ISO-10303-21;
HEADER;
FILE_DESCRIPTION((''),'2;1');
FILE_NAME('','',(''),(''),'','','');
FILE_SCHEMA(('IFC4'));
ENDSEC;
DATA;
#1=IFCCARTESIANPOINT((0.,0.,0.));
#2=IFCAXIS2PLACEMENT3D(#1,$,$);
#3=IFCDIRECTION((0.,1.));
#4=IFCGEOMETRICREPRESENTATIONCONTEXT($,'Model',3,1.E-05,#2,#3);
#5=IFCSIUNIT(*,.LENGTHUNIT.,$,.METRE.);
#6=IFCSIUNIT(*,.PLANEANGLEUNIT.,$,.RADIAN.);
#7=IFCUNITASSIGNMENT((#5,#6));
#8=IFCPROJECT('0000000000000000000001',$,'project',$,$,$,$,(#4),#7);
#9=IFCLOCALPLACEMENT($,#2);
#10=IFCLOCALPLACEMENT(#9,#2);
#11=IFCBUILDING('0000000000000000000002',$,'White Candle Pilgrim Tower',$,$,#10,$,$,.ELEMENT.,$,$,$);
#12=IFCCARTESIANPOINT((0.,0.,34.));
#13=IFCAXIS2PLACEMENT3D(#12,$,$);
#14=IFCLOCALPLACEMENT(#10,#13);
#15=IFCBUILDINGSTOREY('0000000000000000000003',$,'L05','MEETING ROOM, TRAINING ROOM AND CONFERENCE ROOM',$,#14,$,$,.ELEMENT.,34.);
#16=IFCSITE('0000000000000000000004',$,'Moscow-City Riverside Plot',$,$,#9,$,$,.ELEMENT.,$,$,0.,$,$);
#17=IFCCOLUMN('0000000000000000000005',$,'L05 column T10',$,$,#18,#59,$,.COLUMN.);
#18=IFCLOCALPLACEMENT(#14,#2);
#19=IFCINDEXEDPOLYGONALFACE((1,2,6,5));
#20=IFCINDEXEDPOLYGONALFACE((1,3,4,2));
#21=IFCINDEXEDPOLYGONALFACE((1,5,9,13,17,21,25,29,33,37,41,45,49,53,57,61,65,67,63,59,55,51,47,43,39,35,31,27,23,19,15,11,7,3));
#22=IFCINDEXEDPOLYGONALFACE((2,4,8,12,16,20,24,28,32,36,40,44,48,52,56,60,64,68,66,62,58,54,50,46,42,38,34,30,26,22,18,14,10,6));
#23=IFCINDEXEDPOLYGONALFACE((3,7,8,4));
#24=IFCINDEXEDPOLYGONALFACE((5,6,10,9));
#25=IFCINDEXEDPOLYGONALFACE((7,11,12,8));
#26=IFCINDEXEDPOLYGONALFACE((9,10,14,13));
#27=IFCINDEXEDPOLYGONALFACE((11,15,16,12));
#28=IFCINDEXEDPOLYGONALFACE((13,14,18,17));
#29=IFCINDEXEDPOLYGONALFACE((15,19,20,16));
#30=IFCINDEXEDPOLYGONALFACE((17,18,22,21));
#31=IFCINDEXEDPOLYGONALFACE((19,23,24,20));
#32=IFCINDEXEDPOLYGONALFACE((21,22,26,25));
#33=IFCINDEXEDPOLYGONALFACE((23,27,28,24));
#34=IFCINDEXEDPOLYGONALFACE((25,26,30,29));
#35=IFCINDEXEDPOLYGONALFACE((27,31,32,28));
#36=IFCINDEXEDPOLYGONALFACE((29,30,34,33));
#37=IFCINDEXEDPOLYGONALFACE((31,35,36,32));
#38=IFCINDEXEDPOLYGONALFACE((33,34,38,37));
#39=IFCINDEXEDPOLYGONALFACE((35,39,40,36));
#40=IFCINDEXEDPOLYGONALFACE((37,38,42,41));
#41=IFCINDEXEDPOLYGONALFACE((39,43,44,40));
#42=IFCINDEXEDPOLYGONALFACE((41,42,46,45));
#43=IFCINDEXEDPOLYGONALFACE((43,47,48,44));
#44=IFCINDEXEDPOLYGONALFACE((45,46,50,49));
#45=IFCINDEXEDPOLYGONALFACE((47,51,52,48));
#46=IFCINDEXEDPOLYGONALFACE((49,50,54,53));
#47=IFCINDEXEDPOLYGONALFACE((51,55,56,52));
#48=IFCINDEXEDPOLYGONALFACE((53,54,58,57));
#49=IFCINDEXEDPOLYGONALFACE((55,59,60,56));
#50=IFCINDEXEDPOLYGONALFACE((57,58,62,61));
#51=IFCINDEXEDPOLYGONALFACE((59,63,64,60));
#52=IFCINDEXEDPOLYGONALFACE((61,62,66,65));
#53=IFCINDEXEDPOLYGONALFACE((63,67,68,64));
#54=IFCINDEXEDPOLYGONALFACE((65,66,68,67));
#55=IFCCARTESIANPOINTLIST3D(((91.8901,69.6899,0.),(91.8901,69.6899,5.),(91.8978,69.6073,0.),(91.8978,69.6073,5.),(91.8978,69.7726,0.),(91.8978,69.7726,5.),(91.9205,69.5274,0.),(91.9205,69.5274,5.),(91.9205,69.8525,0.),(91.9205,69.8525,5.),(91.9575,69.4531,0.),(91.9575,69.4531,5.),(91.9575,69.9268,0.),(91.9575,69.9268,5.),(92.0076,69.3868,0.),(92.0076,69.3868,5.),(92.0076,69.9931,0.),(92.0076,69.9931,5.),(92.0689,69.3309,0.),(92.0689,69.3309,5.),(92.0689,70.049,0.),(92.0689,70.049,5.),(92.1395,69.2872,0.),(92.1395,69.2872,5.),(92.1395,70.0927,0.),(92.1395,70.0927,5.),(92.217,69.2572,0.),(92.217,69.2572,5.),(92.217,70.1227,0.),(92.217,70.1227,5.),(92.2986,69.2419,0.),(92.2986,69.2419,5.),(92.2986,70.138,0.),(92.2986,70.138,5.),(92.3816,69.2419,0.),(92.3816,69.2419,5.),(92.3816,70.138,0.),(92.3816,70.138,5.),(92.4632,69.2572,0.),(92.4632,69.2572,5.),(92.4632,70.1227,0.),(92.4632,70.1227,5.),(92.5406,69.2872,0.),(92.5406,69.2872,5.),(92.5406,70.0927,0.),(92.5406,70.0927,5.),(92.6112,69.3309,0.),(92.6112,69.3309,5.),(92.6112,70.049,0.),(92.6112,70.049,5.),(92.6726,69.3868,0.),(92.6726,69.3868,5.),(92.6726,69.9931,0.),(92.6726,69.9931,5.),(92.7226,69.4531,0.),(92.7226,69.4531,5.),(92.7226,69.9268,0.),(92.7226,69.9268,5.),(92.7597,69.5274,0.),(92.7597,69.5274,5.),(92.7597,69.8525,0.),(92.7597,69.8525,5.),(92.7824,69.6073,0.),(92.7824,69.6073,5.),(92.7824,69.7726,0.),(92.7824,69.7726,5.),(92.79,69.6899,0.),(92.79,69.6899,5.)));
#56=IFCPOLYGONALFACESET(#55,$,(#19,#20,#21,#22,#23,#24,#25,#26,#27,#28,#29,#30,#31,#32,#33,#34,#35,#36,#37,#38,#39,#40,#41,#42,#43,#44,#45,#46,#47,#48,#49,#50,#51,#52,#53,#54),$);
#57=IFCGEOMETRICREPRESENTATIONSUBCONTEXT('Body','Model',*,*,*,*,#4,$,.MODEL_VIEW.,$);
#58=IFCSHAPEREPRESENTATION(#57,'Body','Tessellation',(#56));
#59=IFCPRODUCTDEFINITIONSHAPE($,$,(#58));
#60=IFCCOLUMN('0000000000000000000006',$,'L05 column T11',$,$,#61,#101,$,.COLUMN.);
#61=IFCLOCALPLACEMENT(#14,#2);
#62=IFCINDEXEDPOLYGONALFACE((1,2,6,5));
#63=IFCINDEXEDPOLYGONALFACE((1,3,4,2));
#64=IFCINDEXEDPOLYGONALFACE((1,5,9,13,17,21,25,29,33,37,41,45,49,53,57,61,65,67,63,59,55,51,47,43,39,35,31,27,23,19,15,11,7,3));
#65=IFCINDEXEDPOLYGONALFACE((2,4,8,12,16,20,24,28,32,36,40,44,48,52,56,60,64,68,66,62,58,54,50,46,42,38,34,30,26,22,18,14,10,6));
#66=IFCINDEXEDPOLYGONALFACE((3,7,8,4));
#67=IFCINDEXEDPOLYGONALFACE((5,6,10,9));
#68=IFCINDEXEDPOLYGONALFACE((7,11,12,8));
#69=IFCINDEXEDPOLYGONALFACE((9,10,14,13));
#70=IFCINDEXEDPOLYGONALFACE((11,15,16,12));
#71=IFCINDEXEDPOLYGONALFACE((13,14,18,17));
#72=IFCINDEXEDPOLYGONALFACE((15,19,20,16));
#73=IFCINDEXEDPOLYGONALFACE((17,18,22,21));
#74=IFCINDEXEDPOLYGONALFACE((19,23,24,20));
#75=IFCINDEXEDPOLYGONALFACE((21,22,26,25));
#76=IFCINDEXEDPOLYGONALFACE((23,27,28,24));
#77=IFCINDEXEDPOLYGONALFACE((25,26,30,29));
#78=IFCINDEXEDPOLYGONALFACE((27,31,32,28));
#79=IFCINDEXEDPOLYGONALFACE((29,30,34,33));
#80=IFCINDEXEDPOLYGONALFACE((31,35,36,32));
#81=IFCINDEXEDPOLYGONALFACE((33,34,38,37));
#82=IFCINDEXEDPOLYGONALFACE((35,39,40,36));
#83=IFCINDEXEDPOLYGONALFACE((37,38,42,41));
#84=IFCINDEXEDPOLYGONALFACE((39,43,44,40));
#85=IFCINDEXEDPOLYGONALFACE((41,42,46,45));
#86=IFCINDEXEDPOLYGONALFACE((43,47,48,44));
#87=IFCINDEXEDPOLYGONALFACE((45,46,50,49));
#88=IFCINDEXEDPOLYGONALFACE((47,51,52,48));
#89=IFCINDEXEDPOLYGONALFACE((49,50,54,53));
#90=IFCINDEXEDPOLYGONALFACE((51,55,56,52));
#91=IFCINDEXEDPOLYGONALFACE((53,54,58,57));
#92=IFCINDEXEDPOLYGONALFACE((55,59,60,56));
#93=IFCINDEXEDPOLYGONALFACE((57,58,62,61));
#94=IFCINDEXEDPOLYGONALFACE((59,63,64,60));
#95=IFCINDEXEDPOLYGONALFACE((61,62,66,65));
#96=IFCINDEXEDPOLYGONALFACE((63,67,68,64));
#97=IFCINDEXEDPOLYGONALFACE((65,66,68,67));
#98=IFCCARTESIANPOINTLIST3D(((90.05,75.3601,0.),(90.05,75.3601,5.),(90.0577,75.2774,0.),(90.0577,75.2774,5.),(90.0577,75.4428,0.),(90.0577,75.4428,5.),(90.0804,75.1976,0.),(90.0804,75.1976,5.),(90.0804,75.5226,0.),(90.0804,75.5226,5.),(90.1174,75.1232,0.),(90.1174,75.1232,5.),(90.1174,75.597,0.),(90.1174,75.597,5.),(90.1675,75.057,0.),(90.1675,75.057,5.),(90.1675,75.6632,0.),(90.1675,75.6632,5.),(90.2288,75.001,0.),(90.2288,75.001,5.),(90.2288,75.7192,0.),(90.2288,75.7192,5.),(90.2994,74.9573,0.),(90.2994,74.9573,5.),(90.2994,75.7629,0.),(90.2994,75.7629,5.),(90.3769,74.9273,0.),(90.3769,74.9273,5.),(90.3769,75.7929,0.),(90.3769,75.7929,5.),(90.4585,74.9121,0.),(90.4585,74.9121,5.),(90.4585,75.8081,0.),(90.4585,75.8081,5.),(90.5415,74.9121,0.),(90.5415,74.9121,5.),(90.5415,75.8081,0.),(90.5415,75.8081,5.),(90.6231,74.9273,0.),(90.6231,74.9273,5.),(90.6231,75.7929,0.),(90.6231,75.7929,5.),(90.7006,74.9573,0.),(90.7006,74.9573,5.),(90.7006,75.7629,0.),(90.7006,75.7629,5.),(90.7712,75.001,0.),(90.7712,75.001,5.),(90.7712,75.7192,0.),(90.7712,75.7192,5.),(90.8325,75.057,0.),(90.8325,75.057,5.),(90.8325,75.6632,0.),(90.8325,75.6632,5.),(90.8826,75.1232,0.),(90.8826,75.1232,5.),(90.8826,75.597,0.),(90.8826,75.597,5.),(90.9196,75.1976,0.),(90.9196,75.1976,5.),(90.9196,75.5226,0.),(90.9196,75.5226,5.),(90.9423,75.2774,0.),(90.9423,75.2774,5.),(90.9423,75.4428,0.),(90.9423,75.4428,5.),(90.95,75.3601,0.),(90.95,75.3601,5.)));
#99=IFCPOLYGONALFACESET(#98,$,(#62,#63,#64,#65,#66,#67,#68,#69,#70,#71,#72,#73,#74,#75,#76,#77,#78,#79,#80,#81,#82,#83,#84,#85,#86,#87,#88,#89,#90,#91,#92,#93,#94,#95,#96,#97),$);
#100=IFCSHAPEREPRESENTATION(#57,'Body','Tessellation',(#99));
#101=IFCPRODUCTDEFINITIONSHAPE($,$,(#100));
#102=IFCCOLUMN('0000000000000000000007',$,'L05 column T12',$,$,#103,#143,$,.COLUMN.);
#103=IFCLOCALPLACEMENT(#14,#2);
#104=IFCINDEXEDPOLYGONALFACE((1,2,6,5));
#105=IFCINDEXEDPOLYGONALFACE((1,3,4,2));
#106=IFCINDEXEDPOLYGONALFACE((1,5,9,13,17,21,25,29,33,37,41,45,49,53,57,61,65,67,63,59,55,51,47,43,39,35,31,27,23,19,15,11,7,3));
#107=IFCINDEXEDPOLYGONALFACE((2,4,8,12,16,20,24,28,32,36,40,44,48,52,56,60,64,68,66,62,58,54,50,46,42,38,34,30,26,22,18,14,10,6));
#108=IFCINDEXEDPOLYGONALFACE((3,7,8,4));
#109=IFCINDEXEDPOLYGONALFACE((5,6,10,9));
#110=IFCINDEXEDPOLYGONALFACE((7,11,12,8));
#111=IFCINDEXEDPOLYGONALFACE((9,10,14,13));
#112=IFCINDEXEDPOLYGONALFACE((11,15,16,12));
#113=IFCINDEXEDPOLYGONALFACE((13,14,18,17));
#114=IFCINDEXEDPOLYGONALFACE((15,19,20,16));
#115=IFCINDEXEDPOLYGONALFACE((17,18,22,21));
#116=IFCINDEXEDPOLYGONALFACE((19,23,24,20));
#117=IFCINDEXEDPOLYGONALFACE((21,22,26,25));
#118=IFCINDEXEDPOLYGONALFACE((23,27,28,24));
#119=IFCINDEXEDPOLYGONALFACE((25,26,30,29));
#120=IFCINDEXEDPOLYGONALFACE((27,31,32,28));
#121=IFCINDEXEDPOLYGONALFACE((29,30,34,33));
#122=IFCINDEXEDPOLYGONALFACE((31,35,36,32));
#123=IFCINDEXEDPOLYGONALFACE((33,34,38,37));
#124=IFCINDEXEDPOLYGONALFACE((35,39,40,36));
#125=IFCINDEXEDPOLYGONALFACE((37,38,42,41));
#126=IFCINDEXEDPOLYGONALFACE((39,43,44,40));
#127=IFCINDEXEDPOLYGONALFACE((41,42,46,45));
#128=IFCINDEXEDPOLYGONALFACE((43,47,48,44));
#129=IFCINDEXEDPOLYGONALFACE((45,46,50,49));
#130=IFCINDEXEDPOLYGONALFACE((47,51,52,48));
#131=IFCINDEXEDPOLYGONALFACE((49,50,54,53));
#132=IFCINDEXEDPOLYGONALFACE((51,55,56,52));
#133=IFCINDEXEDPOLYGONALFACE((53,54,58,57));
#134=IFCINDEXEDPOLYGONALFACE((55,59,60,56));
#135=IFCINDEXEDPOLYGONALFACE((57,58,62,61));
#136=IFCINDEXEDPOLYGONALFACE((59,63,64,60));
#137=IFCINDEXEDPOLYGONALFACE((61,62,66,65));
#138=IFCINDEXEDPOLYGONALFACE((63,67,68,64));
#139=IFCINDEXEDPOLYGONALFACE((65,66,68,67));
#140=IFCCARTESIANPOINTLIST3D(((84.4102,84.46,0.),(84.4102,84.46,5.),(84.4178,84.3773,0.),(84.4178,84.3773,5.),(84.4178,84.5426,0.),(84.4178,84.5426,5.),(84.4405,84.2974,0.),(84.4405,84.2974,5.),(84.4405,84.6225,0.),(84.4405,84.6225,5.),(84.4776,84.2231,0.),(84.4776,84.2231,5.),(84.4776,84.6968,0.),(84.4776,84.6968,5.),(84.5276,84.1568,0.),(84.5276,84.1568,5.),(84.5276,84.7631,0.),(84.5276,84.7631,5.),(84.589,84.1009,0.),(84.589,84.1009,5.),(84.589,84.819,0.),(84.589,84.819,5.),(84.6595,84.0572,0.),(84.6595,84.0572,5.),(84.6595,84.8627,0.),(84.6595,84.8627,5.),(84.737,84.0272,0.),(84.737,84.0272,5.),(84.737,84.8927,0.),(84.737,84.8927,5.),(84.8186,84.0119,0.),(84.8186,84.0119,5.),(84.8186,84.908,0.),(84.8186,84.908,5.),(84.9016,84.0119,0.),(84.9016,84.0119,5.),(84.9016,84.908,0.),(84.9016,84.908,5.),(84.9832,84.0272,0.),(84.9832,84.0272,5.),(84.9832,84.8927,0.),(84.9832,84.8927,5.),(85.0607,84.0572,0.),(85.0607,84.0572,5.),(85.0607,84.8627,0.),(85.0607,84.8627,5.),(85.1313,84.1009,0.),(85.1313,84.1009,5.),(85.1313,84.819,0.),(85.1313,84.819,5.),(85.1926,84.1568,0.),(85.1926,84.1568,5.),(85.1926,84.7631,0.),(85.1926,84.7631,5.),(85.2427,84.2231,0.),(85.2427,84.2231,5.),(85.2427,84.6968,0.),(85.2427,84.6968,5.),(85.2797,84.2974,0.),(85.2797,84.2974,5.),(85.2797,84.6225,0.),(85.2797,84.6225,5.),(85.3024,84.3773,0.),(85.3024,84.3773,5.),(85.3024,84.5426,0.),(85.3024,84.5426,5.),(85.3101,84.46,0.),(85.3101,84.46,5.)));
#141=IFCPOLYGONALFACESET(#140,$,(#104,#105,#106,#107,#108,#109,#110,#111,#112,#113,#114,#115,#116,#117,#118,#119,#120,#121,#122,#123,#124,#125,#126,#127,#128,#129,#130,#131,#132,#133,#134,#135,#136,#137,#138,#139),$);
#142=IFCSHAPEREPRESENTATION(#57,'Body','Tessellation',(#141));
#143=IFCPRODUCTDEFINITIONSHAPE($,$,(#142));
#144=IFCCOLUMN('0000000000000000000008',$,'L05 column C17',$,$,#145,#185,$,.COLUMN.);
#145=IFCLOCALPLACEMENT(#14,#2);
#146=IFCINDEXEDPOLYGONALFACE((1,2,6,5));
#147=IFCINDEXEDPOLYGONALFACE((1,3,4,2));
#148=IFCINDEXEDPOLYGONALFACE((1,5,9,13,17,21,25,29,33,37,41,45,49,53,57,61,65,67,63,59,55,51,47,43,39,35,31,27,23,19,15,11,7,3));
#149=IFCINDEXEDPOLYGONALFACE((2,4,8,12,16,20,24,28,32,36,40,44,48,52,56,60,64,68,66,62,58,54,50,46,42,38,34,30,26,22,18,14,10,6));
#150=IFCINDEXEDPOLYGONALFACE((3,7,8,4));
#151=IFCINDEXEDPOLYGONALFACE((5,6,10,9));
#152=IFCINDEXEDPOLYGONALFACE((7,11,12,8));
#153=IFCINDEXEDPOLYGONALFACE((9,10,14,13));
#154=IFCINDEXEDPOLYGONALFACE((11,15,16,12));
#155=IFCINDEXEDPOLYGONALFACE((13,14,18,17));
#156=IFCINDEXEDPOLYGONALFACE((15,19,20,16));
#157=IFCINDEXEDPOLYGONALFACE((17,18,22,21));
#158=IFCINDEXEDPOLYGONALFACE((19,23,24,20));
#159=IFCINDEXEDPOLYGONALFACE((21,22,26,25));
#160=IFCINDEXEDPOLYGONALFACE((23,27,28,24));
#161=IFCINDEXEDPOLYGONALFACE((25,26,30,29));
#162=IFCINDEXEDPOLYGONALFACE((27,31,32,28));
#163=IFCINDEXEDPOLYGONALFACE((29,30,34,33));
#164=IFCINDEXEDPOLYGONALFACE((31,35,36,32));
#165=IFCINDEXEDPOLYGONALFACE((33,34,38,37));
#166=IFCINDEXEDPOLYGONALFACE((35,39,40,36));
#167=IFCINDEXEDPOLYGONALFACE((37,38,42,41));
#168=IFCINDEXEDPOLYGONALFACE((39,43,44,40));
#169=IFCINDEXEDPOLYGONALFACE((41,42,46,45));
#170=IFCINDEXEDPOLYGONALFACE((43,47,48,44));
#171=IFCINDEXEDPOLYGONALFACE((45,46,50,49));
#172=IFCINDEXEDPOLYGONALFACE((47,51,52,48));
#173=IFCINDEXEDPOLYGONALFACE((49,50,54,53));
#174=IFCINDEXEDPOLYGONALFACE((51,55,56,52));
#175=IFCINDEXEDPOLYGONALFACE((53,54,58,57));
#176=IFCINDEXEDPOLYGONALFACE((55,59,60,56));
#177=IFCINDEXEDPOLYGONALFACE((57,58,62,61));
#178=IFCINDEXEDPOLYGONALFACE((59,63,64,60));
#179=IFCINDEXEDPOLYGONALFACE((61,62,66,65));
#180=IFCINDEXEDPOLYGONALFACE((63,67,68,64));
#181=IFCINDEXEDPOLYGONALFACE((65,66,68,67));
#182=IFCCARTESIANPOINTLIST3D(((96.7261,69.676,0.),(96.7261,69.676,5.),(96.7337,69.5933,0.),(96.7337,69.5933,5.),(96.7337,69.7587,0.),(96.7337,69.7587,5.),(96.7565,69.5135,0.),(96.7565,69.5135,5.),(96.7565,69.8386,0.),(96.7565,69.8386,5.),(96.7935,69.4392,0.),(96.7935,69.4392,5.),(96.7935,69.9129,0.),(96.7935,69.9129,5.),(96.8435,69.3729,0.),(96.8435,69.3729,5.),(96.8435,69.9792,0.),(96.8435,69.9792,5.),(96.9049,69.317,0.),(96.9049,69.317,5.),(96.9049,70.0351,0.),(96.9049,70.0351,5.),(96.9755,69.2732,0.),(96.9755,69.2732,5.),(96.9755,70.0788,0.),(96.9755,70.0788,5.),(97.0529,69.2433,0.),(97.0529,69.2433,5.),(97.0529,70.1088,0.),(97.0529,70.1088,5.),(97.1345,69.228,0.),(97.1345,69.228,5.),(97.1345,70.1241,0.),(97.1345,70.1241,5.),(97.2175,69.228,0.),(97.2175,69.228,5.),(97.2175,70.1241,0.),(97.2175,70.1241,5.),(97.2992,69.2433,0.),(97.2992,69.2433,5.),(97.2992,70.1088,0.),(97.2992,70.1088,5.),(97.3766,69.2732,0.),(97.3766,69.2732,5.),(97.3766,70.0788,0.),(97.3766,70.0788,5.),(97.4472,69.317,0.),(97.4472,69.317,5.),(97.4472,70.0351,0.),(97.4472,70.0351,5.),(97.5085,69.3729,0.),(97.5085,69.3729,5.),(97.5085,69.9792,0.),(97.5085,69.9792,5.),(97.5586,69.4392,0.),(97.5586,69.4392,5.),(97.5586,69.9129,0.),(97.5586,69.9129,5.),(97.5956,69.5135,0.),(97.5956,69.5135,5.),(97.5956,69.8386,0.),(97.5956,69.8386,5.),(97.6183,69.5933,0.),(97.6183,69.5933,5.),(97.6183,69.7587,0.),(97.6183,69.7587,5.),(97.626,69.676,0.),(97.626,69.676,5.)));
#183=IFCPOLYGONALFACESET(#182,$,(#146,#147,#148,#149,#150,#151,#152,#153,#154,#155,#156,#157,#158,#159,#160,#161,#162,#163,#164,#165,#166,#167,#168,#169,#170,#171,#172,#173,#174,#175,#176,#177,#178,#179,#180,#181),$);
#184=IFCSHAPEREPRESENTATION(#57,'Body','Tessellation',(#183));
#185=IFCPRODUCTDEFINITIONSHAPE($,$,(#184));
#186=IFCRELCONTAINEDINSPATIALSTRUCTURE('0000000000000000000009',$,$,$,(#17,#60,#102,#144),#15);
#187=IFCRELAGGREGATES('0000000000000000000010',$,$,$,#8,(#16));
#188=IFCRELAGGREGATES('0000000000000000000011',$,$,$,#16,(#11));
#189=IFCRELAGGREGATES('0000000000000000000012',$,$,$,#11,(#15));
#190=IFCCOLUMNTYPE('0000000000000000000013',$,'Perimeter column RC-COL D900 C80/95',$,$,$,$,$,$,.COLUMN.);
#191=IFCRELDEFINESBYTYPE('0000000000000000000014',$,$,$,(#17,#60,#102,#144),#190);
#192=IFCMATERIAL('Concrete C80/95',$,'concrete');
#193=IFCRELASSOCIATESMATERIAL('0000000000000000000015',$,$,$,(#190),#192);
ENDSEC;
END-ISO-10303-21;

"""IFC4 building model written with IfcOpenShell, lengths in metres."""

from ifc_helpers import new_model, si_unit, direction, frame, origin, origin_2d, place, context, subcontext, project, spatial, circle, extrude, material, material_profile, profile_set, type_object, element, save


model = new_model("IFC4")

# Units and contexts
model_context = context("Model", 3, precision=1e-05, world=origin(), true_north=direction((0.0, 1.0)))
body_context = subcontext(model_context, "Body", "Model", "MODEL_VIEW")
ifc_project = project(units=[si_unit("LENGTHUNIT", "METRE"), si_unit("PLANEANGLEUNIT", "RADIAN")], contexts=[model_context])

# Site, building, storey
site_placement = place(None, origin())
site = spatial("IfcSite", under=ifc_project, at=site_placement, Name="Moscow-City Riverside Plot", CompositionType="ELEMENT", RefElevation=0.0)
building_placement = place(site_placement, origin())
building = spatial("IfcBuilding", under=site, at=building_placement, Name="White Candle Pilgrim Tower", CompositionType="ELEMENT")
storey_placement = place(building_placement, frame((0.0, 0.0, 34.0)))
storey = spatial("IfcBuildingStorey", under=building, at=storey_placement, Name="L05", Description="MEETING ROOM, TRAINING ROOM AND CONFERENCE ROOM", CompositionType="ELEMENT", Elevation=34.0)

# Columns
ifc_material_1 = material(Name="Concrete C80/95", Category="concrete")
ifc_material_profile_1 = material_profile(ifc_material_1, circle(Radius=0.45, at=origin_2d()), Name="RC-COL D900")
ifc_profile_set_1 = profile_set([ifc_material_profile_1], Name="Concrete C80/95")
column_type_1 = type_object("IfcColumnType", Name="Perimeter column RC-COL D900 C80/95", PredefinedType="COLUMN", material=ifc_profile_set_1)
for number, where, z_axis, x_axis, name in (
    (1, (92.3401, 69.6899, 0.0), (0.0, 0.0, 1.0), (1.0, 0.0, 0.0), "L05 column T10"),
    (2, (90.5, 75.3601, 0.0), (0.0, 0.0, 1.0), (1.0, 0.0, 0.0), "L05 column T11"),
    (3, (84.8601, 84.46, 0.0), (0.0, 0.0, 1.0), (1.0, 0.0, 0.0), "L05 column T12"),
    (4, (97.176, 69.676, 0.0), (0.0, 0.0, 1.0), (1.0, 0.0, 0.0), "L05 column C17"),
):
    element("IfcColumn", number, at=place(storey_placement, frame(where, z_axis=z_axis, x_axis=x_axis)), inside=storey, type_object=column_type_1, Name=name, PredefinedType="COLUMN", context=body_context, shape_type="SweptSolid", body=[
        extrude(circle(Radius=0.45, at=origin_2d()), origin(), (0.0, 0.0, 1.0), 5.0),
    ])

save(model, "model.ifc")
